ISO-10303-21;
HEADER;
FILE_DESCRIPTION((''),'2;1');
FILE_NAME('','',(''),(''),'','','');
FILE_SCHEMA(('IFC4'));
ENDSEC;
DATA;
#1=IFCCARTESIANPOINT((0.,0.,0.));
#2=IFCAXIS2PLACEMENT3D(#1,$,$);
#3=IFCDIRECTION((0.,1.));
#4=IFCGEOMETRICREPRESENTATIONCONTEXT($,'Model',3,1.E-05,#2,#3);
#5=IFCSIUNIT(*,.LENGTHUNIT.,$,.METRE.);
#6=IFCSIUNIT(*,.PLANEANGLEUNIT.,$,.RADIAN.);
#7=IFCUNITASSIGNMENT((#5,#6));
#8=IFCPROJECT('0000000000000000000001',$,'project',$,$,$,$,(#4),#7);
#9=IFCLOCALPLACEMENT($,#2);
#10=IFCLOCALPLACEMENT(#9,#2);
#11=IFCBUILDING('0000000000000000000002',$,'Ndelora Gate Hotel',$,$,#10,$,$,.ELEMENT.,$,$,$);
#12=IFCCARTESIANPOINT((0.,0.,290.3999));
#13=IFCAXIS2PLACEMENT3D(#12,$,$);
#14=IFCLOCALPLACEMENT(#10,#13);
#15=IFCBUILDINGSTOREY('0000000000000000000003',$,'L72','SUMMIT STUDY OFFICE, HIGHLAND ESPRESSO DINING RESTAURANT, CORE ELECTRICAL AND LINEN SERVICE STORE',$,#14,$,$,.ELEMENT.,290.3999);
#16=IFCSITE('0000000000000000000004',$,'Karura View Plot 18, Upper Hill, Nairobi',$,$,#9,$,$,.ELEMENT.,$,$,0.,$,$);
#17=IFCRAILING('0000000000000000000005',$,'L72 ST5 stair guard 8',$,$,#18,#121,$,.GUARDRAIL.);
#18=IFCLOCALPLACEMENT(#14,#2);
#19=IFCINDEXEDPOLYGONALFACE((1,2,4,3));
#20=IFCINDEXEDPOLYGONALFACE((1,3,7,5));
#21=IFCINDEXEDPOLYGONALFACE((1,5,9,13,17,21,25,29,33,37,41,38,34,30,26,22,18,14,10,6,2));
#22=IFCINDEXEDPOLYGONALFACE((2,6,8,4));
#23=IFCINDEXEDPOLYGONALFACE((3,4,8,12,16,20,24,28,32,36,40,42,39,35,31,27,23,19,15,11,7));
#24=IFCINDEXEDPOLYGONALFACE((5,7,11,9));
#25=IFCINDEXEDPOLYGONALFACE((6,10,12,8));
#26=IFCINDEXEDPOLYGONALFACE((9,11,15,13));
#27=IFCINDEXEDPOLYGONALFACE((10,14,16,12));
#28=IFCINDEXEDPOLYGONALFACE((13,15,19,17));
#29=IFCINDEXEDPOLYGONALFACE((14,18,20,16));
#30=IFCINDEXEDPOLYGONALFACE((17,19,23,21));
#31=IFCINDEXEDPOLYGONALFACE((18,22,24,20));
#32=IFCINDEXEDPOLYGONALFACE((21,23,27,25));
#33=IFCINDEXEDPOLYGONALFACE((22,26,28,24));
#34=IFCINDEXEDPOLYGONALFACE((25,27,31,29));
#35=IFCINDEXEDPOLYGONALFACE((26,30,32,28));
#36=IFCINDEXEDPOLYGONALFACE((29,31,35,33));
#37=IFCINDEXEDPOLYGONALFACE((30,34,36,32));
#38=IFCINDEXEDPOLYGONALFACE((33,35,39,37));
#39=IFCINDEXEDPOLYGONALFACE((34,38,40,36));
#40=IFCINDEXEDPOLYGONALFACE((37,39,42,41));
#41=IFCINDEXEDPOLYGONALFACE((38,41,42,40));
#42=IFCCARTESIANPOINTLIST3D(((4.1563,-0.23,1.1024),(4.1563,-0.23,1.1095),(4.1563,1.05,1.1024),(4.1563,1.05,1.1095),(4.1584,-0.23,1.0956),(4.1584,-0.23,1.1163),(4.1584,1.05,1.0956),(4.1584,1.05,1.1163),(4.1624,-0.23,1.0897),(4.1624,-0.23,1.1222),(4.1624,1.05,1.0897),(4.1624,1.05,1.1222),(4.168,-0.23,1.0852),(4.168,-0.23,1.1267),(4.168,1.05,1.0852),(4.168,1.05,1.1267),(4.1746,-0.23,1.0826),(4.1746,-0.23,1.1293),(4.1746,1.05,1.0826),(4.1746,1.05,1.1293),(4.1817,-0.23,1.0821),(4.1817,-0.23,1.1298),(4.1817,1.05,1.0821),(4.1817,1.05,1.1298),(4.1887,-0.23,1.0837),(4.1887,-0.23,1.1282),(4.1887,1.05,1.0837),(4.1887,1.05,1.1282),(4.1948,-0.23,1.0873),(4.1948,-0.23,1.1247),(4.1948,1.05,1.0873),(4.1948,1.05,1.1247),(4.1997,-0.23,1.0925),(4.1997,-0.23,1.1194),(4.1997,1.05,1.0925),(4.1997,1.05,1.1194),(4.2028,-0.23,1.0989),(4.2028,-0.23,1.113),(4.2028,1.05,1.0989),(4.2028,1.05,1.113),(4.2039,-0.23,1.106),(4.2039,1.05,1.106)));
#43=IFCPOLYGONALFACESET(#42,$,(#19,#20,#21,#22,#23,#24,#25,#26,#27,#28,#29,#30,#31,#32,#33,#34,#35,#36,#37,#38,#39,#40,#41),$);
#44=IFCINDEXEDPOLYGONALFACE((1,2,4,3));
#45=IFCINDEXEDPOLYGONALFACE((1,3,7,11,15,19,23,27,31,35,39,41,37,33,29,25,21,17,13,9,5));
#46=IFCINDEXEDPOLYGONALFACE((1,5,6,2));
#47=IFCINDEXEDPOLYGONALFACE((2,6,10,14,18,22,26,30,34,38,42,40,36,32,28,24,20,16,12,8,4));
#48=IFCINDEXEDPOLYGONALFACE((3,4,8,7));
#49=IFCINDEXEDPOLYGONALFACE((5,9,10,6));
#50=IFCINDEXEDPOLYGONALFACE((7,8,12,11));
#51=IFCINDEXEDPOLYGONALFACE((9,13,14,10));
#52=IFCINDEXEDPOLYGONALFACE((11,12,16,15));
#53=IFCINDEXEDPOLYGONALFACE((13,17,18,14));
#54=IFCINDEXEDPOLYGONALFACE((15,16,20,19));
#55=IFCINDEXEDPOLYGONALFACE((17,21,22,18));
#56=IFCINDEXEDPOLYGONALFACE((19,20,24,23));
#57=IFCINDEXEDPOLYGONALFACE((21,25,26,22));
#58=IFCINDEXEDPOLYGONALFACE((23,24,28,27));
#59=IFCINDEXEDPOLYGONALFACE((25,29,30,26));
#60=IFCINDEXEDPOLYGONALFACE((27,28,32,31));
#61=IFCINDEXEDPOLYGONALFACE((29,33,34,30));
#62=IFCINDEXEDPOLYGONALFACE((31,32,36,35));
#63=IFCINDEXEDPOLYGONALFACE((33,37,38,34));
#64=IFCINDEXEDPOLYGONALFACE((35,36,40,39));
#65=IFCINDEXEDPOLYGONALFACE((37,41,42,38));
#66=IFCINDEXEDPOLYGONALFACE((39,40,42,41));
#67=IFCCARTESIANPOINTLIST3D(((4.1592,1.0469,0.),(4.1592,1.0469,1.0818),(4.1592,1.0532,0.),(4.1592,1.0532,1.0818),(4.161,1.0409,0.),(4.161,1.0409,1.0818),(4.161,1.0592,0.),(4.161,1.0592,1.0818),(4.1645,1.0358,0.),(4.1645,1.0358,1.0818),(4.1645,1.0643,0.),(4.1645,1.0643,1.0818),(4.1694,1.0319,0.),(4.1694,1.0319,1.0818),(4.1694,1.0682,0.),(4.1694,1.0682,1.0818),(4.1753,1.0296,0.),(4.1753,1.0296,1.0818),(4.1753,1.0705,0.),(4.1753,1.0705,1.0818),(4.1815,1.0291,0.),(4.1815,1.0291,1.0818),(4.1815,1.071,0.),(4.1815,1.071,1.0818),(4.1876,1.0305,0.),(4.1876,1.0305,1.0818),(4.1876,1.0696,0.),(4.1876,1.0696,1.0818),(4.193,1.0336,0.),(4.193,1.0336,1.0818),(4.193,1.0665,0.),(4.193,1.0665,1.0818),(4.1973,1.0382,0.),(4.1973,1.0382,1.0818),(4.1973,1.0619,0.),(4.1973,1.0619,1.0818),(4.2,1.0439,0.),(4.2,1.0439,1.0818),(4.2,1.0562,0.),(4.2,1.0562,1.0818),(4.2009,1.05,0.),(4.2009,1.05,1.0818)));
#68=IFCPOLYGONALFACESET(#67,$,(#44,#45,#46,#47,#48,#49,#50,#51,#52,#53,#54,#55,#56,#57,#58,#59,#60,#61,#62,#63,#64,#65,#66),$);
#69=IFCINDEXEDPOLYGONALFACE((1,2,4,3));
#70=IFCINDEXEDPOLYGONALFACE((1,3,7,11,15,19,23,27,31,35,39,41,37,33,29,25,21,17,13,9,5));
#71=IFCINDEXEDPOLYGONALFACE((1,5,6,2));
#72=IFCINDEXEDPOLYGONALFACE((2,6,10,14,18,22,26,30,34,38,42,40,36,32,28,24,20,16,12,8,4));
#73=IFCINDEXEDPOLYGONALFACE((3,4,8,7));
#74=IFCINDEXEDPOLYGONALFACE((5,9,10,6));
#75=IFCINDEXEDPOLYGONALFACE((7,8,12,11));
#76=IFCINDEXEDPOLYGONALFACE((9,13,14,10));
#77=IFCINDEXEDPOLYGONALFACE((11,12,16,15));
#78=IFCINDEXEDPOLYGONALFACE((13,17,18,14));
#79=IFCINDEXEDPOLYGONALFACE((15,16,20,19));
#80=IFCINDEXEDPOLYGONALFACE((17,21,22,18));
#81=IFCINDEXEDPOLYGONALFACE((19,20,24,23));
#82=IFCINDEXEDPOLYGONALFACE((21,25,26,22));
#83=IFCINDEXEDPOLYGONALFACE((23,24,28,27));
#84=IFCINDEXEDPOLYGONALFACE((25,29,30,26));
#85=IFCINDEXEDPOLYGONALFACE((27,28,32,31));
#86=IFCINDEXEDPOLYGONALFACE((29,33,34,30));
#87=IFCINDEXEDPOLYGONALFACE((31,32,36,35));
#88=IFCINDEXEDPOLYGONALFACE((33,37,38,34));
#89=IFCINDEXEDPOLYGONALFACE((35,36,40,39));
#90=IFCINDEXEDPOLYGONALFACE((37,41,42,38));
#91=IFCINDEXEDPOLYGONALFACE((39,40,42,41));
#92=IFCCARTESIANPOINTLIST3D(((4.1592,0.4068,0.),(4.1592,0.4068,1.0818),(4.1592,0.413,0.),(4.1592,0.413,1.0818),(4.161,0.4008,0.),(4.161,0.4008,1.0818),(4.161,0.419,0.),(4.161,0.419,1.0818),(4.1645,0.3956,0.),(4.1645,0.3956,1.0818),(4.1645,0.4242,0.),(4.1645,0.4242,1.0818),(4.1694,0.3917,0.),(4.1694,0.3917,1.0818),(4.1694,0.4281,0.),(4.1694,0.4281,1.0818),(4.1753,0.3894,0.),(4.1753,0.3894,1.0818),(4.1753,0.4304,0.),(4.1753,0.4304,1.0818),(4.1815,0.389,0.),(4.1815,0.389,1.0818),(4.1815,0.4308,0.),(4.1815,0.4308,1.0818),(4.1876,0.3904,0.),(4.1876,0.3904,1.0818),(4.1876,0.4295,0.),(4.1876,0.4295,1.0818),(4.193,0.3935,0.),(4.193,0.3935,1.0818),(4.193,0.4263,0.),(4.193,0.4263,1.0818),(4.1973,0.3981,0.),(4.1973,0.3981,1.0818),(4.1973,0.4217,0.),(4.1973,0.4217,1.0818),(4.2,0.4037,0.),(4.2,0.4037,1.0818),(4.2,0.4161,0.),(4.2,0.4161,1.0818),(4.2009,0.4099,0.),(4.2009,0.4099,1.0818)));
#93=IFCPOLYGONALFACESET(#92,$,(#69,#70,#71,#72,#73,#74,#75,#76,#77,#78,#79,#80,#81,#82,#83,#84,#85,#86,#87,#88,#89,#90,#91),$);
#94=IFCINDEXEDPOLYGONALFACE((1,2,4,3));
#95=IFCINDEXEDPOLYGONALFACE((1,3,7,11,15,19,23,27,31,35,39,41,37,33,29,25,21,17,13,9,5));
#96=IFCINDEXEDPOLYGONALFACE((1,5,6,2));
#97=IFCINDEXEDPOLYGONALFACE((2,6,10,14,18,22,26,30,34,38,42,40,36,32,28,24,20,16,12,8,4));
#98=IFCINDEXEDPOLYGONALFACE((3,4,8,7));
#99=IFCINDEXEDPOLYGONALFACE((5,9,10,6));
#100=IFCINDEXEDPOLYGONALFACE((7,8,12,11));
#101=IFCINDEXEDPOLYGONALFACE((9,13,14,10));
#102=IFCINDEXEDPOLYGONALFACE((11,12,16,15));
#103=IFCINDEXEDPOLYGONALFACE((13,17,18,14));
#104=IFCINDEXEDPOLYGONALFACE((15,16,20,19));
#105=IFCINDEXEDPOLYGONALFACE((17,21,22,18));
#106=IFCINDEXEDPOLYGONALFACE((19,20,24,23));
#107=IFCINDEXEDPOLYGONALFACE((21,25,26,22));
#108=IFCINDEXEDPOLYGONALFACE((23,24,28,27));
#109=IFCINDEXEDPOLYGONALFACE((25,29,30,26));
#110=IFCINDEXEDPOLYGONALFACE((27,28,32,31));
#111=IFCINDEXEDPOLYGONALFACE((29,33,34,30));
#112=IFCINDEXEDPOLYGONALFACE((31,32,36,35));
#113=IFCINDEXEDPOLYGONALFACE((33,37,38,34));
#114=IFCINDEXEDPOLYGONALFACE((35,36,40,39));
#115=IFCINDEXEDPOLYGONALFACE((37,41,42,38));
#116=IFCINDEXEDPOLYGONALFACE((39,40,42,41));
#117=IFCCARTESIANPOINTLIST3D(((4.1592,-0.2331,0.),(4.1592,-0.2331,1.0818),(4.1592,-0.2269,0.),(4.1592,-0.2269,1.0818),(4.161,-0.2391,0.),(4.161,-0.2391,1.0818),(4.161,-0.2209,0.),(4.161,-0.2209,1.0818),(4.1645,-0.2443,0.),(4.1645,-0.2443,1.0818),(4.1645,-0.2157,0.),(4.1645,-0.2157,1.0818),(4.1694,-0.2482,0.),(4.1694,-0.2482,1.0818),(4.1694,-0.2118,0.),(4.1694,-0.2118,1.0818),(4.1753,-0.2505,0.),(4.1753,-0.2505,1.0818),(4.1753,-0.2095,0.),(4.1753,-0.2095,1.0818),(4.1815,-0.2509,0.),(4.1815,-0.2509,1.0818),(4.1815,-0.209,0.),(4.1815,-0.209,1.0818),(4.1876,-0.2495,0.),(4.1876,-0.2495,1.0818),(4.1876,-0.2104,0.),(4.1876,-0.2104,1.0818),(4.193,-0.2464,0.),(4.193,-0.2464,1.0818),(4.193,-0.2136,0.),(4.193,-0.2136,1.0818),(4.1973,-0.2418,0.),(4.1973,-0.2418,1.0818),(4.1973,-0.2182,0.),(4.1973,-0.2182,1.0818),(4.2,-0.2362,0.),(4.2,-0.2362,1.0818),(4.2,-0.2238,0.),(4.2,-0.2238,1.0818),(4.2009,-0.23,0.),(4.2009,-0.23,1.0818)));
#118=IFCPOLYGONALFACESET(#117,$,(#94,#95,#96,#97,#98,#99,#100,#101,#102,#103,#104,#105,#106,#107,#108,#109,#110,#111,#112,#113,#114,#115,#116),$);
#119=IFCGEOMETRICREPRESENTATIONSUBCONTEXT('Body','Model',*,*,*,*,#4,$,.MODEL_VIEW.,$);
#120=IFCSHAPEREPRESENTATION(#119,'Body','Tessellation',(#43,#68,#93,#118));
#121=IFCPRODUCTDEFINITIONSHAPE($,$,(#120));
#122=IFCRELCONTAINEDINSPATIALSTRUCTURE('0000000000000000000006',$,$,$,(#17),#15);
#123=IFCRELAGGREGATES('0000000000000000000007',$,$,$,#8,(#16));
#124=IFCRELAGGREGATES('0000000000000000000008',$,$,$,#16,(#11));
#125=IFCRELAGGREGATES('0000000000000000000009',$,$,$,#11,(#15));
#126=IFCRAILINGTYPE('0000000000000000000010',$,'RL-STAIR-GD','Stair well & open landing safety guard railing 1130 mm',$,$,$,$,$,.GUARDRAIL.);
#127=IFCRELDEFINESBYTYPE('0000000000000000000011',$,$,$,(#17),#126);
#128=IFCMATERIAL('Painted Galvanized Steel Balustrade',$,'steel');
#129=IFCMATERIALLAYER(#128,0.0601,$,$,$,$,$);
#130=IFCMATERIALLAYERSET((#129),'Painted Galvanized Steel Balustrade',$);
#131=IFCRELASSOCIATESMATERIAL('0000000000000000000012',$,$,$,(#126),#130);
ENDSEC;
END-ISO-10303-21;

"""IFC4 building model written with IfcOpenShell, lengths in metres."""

from ifc_helpers import new_model, si_unit, direction, frame, origin, origin_2d, place, context, subcontext, project, spatial, circle, extrude, material, layer, layer_set, type_object, element, save


model = new_model("IFC4")

# Units and contexts
model_context = context("Model", 3, precision=1e-05, world=origin(), true_north=direction((0.0, 1.0)))
body_context = subcontext(model_context, "Body", "Model", "MODEL_VIEW")
ifc_project = project(units=[si_unit("LENGTHUNIT", "METRE"), si_unit("PLANEANGLEUNIT", "RADIAN")], contexts=[model_context])

# Site, building, storey
site_placement = place(None, origin())
site = spatial("IfcSite", under=ifc_project, at=site_placement, Name="Karura View Plot 18, Upper Hill, Nairobi", CompositionType="ELEMENT", RefElevation=0.0)
building_placement = place(site_placement, origin())
building = spatial("IfcBuilding", under=site, at=building_placement, Name="Ndelora Gate Hotel", CompositionType="ELEMENT")
storey_placement = place(building_placement, frame((0.0, 0.0, 290.3999)))
storey = spatial("IfcBuildingStorey", under=building, at=storey_placement, Name="L72", Description="SUMMIT STUDY OFFICE, HIGHLAND ESPRESSO DINING RESTAURANT, CORE ELECTRICAL AND LINEN SERVICE STORE", CompositionType="ELEMENT", Elevation=290.3999)

# Railing
ifc_material_1 = material(Name="Painted Galvanized Steel Balustrade", Category="steel")
ifc_layer_1 = layer(ifc_material_1, 0.0601)
ifc_layer_set_1 = layer_set([ifc_layer_1], Name="Painted Galvanized Steel Balustrade")
railing_type = type_object("IfcRailingType", Name="RL-STAIR-GD", Description="Stair well & open landing safety guard railing 1130 mm", PredefinedType="GUARDRAIL", material=ifc_layer_set_1)
for number, where, name in (
    (1, (4.1799, 1.05, 0.0), "L72 ST5 stair guard 8"),
):
    element("IfcRailing", number, at=place(storey_placement, frame(where)), inside=storey, type_object=railing_type, Name=name, PredefinedType="GUARDRAIL", context=body_context, shape_type="SweptSolid", body=[
        extrude(circle(Radius=0.0239, at=origin_2d()), frame((0.0, 0.0, 1.106), z_axis=(0.0, -1.0, 0.0), x_axis=(1.0, 0.0, 0.0)), (0.0, 0.0, 1.0), 1.28),
        extrude(circle(Radius=0.021, at=origin_2d()), origin(), (0.0, 0.0, 1.0), 1.0818),
        extrude(circle(Radius=0.021, at=origin_2d()), frame((0.0, -0.6401, 0.0)), (0.0, 0.0, 1.0), 1.0818),
        extrude(circle(Radius=0.021, at=origin_2d()), frame((0.0, -1.28, 0.0)), (0.0, 0.0, 1.0), 1.0818),
    ])

save(model, "model.ifc")
